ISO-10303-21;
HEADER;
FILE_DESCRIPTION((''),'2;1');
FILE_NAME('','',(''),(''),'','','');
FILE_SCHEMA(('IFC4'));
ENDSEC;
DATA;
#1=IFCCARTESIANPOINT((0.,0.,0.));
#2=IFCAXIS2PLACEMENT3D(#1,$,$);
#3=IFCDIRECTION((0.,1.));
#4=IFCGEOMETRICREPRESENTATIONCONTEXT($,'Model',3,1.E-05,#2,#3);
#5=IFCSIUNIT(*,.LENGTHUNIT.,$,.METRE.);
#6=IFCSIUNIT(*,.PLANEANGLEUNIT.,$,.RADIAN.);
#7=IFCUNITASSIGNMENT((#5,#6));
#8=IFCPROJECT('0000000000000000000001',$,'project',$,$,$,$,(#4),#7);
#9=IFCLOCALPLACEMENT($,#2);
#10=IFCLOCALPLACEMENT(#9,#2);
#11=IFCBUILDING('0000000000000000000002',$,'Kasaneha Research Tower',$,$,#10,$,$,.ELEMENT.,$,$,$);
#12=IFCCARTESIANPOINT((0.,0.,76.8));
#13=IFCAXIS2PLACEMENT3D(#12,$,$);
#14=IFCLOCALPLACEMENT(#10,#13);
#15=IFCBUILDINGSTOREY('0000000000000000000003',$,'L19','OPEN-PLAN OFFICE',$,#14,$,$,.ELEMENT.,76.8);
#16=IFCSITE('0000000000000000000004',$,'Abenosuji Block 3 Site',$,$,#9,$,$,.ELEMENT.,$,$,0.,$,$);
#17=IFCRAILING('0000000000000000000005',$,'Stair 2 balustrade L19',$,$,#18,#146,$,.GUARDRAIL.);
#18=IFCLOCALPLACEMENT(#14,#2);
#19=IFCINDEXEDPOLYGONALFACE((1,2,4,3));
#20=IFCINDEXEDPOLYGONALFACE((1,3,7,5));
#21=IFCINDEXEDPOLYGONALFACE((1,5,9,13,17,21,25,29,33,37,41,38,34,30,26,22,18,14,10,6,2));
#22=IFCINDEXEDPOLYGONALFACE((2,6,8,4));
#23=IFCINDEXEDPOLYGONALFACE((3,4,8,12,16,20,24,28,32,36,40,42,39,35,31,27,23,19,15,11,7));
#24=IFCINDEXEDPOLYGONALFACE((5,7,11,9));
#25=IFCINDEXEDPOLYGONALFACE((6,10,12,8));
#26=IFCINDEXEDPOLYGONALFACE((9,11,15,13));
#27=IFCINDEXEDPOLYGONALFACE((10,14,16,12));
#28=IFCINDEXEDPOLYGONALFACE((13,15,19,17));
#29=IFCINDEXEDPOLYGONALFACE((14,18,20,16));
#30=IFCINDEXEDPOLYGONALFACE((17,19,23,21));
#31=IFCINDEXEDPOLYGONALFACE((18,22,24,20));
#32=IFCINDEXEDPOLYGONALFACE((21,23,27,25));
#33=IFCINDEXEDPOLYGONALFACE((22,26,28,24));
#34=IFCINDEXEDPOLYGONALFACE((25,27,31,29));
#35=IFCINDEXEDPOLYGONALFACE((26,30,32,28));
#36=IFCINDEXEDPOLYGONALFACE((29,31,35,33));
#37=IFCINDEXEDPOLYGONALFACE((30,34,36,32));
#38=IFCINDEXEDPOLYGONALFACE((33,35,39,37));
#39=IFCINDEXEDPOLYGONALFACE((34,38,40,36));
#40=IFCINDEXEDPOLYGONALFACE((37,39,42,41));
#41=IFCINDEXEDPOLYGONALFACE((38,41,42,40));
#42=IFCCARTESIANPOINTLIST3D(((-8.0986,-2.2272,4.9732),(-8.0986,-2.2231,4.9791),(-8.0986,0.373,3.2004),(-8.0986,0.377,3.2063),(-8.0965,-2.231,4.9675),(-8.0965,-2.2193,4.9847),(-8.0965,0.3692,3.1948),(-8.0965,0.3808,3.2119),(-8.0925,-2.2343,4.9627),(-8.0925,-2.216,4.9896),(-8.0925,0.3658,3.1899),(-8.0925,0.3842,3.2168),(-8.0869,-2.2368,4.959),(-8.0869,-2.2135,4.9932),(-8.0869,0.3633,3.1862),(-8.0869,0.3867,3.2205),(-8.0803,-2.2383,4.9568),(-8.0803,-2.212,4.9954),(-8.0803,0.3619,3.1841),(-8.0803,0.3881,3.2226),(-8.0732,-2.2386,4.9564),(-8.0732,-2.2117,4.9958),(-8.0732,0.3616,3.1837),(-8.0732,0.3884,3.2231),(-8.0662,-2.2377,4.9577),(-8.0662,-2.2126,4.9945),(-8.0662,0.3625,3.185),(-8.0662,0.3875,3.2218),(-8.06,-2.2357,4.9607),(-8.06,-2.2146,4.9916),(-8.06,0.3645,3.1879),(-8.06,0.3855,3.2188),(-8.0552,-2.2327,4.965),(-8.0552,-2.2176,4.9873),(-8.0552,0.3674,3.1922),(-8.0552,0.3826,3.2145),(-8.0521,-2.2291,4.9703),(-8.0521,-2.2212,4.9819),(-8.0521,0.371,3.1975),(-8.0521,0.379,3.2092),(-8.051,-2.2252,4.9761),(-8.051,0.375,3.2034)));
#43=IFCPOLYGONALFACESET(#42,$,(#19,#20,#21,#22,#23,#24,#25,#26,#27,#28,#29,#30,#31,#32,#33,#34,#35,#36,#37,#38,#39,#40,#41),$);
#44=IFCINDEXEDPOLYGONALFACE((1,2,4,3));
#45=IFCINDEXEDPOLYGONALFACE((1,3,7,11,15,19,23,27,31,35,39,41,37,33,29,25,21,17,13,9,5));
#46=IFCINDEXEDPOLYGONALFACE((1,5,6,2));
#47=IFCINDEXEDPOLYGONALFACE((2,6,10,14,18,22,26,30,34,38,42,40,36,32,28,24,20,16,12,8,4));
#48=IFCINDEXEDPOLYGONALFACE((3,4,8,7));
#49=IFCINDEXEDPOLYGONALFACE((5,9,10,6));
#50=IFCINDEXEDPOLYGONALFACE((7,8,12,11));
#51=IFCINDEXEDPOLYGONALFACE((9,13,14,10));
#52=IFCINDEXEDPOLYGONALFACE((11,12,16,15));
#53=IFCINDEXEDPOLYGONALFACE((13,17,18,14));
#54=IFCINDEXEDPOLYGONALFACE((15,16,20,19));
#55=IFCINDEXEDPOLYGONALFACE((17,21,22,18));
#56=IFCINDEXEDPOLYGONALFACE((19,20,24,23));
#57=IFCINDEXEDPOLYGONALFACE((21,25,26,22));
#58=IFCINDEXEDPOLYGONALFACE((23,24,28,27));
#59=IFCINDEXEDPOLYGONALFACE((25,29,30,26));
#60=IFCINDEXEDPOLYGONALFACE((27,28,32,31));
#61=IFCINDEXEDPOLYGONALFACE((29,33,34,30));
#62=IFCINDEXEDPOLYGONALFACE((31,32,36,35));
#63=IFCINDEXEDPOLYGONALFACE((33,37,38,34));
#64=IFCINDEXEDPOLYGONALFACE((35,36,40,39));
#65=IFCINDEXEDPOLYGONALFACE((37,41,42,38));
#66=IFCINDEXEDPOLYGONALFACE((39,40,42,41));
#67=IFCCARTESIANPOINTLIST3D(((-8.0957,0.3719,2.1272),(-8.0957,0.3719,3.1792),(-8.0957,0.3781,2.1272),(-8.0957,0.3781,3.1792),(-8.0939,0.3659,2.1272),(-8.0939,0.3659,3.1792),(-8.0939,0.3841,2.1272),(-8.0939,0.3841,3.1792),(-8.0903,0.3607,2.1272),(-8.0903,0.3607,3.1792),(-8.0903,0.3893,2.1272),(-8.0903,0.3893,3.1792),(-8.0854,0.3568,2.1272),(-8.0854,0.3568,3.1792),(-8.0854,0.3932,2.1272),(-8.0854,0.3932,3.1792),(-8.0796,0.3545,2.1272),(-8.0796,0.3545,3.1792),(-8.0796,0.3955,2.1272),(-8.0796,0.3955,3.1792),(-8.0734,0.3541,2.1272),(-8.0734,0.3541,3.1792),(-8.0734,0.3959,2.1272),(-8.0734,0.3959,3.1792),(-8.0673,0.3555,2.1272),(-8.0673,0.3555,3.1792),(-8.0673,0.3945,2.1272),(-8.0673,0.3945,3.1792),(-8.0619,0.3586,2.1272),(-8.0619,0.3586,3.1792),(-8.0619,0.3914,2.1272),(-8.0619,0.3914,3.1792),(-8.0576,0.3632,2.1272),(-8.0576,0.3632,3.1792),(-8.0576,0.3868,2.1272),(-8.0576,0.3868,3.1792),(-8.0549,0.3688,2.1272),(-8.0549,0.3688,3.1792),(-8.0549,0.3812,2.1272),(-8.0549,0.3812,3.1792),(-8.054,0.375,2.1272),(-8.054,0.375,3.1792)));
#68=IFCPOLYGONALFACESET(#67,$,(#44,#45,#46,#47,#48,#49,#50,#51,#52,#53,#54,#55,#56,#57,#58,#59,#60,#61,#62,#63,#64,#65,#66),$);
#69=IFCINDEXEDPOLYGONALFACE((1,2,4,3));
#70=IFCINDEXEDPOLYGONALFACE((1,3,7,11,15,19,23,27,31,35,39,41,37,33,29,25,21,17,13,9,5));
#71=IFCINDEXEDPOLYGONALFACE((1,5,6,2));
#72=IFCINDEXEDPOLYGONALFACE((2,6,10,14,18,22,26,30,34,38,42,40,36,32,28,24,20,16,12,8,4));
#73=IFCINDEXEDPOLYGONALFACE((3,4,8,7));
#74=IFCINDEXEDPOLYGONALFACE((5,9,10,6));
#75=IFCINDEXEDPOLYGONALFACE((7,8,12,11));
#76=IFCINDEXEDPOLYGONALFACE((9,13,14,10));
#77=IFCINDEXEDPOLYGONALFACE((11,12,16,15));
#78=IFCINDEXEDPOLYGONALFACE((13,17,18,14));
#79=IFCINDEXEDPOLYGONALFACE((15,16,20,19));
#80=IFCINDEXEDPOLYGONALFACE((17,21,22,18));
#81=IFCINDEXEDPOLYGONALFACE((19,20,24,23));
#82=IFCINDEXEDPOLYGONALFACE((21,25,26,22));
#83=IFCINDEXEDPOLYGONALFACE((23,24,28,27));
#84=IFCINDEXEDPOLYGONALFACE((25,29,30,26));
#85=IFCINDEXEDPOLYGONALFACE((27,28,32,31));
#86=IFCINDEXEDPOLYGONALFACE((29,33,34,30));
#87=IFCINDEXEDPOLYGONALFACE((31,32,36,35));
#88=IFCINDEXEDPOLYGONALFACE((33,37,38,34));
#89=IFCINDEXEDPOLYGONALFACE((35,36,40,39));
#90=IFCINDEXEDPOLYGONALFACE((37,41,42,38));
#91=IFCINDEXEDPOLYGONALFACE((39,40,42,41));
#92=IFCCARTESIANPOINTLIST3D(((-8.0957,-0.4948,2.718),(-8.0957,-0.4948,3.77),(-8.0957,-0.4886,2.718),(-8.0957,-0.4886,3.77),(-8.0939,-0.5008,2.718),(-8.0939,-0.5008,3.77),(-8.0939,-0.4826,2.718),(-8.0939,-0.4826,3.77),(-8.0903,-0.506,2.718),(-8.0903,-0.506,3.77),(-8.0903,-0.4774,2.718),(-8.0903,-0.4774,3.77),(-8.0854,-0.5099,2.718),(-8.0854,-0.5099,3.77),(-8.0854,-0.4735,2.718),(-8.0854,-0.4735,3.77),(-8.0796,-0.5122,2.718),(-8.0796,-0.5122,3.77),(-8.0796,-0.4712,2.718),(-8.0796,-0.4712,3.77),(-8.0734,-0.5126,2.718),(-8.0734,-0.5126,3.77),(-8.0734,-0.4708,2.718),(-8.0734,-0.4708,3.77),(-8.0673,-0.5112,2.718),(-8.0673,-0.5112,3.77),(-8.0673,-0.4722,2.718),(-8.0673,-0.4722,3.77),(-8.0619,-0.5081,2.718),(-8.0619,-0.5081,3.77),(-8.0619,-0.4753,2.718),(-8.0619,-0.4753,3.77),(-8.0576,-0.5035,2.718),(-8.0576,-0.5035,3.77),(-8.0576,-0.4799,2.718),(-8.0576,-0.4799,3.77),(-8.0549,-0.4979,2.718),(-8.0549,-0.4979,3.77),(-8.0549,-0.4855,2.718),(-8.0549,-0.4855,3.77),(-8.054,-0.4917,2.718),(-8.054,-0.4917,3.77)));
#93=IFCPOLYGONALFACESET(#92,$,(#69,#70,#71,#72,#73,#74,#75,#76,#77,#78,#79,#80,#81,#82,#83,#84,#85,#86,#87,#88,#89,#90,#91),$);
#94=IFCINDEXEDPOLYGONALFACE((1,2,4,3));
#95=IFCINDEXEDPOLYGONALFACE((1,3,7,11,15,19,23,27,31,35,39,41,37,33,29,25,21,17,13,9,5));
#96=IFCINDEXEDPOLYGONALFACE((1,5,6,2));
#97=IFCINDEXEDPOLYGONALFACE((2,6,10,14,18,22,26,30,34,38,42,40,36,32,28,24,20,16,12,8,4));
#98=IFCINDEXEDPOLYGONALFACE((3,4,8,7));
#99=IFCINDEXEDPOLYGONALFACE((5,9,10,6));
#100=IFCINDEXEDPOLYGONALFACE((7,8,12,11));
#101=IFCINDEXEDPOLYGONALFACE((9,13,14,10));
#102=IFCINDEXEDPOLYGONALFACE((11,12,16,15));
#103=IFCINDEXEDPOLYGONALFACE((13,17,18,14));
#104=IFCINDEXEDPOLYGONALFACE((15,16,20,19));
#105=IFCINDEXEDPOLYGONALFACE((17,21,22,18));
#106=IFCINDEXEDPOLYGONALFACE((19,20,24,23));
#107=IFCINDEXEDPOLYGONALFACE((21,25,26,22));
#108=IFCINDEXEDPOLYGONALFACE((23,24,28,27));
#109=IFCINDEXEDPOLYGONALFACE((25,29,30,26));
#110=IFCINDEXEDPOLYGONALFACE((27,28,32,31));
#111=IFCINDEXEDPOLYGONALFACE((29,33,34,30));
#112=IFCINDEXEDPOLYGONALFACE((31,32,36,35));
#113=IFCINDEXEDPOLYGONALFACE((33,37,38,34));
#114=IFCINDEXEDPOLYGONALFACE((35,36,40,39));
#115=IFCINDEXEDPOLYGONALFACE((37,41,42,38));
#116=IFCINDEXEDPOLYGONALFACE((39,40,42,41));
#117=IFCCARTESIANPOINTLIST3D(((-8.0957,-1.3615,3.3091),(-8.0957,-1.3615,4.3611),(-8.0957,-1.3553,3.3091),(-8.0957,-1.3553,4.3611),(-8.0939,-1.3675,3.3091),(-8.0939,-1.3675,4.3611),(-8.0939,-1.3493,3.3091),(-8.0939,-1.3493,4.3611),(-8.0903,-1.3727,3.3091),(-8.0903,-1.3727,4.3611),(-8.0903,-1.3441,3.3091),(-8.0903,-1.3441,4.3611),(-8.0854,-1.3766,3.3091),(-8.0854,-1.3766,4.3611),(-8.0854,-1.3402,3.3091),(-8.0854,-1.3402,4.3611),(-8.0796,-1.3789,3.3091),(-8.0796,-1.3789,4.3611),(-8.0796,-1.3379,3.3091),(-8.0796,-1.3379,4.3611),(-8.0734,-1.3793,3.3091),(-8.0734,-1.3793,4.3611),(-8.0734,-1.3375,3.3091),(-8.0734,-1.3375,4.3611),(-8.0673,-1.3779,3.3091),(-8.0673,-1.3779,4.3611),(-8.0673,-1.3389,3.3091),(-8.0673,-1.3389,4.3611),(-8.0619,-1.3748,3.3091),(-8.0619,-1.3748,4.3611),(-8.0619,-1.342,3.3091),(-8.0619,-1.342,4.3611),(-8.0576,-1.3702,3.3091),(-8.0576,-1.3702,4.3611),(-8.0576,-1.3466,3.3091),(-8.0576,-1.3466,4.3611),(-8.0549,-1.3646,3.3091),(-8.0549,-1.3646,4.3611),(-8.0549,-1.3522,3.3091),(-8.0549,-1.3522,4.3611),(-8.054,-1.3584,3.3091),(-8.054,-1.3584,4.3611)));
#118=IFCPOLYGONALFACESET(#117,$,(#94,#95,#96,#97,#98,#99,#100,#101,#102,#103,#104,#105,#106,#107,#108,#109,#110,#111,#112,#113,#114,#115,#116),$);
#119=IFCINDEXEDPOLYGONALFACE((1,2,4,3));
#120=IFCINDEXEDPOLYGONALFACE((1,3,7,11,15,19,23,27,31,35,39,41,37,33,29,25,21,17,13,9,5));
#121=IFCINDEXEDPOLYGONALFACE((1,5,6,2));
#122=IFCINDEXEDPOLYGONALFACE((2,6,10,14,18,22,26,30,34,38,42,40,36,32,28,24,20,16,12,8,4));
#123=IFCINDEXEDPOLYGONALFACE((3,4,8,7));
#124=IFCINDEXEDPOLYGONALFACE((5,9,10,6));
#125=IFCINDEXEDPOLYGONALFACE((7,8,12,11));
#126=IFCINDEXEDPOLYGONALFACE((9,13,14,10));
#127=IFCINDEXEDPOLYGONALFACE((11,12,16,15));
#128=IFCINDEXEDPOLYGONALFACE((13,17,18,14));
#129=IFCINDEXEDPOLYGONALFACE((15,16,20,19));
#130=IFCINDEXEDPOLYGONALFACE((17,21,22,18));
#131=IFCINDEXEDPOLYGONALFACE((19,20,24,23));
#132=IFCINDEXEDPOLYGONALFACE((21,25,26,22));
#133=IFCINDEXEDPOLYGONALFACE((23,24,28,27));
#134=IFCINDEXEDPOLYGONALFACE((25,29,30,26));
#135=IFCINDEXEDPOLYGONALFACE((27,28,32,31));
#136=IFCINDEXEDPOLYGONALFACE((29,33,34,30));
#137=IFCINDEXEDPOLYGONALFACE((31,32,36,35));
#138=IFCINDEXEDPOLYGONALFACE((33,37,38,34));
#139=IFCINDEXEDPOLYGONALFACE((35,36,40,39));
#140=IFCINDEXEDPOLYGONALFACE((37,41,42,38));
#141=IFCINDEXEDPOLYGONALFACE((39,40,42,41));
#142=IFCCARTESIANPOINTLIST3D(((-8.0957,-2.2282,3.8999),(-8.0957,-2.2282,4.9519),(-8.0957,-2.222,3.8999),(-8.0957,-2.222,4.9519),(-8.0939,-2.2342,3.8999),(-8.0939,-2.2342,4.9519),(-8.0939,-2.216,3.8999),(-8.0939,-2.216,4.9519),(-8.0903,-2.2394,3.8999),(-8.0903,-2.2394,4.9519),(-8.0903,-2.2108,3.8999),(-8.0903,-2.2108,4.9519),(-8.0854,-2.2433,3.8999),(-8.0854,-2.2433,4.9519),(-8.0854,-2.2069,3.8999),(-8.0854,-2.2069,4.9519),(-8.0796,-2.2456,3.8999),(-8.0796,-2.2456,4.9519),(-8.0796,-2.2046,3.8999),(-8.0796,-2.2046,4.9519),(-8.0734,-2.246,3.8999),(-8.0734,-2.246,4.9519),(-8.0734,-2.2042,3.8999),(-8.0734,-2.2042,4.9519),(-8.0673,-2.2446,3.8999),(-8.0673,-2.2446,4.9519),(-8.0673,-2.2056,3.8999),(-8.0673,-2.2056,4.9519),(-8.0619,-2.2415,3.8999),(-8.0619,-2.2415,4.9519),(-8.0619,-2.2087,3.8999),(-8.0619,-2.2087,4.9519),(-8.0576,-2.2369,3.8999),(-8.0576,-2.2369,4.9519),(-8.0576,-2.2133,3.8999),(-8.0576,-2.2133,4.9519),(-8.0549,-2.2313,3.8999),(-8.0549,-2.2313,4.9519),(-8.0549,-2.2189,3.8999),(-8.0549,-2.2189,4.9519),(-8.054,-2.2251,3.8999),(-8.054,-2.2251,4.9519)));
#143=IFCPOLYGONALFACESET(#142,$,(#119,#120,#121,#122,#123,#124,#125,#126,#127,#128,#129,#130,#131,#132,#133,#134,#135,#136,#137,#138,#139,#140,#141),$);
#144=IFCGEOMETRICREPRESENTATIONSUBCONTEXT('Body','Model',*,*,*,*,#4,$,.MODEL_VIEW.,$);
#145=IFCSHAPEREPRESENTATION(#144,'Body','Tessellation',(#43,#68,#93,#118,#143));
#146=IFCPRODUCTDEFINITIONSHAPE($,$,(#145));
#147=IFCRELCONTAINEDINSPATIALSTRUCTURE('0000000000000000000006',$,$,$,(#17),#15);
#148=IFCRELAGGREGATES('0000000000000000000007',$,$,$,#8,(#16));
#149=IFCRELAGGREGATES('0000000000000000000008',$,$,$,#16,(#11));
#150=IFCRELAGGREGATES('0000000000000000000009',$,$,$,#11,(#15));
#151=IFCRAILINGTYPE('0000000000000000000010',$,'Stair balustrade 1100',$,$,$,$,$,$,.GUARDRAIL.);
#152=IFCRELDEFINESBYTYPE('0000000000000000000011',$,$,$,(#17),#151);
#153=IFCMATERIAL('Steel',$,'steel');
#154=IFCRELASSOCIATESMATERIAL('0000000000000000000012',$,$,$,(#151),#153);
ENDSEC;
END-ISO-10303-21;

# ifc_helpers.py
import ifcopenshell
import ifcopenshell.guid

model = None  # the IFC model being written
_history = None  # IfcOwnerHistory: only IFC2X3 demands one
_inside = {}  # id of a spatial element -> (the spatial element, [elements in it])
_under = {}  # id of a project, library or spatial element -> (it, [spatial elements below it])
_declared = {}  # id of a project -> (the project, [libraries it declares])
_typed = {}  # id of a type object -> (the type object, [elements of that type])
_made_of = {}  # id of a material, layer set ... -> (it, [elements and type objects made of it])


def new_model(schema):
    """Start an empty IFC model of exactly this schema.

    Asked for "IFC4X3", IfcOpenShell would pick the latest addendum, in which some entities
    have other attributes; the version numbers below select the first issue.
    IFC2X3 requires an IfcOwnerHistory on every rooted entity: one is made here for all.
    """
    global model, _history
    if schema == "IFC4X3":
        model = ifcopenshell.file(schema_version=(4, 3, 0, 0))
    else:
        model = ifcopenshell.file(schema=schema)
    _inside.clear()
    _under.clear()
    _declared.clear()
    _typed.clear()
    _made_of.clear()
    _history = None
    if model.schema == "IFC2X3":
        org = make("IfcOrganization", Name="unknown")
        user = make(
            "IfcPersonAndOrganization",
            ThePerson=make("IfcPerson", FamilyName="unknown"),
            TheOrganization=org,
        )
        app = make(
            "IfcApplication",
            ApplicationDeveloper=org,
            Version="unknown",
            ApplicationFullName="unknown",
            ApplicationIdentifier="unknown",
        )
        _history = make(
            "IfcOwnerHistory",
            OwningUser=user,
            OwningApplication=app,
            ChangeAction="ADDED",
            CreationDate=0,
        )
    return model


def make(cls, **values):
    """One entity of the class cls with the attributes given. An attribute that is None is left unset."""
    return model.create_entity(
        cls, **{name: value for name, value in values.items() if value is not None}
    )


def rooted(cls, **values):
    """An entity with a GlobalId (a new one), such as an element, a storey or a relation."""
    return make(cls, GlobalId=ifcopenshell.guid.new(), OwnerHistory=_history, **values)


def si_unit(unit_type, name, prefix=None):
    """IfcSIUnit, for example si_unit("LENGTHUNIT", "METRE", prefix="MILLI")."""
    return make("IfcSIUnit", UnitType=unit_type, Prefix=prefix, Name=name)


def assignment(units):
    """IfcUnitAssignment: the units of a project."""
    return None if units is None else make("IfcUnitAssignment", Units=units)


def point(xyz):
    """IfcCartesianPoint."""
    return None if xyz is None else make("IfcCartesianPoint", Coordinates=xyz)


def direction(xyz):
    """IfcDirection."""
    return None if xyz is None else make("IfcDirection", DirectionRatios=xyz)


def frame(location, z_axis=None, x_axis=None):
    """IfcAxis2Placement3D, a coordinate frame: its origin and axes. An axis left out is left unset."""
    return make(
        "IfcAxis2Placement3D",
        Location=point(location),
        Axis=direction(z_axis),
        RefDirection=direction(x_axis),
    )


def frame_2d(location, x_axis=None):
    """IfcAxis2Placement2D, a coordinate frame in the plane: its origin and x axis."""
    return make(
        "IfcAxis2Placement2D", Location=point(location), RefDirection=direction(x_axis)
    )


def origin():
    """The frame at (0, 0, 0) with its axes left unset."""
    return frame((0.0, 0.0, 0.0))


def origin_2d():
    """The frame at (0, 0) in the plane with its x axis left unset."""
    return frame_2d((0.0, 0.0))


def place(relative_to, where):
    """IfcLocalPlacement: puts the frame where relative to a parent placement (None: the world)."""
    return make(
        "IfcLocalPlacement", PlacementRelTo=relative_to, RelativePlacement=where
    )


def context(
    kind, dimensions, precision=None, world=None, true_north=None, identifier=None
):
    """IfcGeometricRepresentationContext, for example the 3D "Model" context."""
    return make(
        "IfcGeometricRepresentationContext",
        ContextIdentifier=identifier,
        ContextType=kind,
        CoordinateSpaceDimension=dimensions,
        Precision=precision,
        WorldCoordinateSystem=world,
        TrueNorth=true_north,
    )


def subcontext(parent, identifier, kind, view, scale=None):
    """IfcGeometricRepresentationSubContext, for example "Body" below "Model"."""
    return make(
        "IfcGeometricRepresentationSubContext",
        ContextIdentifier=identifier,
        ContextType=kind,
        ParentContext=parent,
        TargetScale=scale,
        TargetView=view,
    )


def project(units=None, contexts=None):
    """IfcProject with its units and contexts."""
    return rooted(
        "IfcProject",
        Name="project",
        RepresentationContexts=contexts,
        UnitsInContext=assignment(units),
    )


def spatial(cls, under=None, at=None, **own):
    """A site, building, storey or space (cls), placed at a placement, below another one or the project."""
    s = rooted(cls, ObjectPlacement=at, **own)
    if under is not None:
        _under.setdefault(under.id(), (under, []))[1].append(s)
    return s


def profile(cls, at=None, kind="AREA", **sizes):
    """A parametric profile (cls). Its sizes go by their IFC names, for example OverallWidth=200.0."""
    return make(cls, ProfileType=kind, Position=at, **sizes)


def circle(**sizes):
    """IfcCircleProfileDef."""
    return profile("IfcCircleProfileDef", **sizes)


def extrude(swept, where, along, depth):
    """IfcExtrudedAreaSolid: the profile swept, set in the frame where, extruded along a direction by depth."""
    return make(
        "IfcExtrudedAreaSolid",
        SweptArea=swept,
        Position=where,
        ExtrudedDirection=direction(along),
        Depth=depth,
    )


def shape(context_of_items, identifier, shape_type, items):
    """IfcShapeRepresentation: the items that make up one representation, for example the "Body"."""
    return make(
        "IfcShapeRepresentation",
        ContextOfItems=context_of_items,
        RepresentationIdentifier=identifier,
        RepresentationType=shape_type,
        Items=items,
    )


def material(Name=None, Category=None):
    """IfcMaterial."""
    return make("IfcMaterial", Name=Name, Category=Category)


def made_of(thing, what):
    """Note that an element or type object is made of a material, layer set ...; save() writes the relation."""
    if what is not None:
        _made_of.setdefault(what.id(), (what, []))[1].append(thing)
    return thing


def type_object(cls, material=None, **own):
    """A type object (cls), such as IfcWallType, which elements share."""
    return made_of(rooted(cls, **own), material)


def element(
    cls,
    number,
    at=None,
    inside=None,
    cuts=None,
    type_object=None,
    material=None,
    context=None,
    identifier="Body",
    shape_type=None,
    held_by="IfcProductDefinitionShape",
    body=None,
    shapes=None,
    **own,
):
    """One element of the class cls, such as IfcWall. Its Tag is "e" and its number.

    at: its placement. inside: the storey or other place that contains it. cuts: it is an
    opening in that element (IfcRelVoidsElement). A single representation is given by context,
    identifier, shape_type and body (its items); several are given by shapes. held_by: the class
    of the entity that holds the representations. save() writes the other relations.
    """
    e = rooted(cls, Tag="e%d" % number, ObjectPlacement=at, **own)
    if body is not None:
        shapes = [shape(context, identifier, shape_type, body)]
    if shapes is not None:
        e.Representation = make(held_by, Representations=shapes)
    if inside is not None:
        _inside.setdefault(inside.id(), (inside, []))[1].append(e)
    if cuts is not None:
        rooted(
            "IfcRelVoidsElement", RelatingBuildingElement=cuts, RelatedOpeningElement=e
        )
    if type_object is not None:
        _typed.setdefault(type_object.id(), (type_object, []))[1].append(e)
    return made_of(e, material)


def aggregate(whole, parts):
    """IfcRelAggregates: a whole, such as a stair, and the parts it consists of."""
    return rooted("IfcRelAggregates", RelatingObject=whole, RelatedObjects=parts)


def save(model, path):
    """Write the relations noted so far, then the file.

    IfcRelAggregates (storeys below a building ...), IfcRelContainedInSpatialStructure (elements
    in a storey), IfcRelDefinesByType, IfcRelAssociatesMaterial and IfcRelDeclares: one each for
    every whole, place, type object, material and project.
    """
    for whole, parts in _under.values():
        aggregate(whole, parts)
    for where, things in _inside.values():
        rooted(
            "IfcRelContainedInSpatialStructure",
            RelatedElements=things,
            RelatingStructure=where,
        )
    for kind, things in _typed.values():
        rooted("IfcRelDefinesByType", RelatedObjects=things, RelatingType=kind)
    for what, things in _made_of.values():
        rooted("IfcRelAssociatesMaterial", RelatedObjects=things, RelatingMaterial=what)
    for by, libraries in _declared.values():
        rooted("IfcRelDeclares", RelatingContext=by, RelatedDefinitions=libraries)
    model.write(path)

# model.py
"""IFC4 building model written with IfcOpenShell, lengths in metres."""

from ifc_helpers import new_model, si_unit, direction, frame, origin, origin_2d, place, context, subcontext, project, spatial, circle, extrude, material, type_object, element, save


model = new_model("IFC4")

# Units and contexts
model_context = context("Model", 3, precision=1e-05, world=origin(), true_north=direction((0.0, 1.0)))
body_context = subcontext(model_context, "Body", "Model", "MODEL_VIEW")
ifc_project = project(units=[si_unit("LENGTHUNIT", "METRE"), si_unit("PLANEANGLEUNIT", "RADIAN")], contexts=[model_context])

# Site, building, storey
site_placement = place(None, origin())
site = spatial("IfcSite", under=ifc_project, at=site_placement, Name="Abenosuji Block 3 Site", CompositionType="ELEMENT", RefElevation=0.0)
building_placement = place(site_placement, origin())
building = spatial("IfcBuilding", under=site, at=building_placement, Name="Kasaneha Research Tower", CompositionType="ELEMENT")
storey_placement = place(building_placement, frame((0.0, 0.0, 76.8)))
storey = spatial("IfcBuildingStorey", under=building, at=storey_placement, Name="L19", Description="OPEN-PLAN OFFICE", CompositionType="ELEMENT", Elevation=76.8)

# Railing
ifc_material_1 = material(Name="Steel", Category="steel")
railing_type_1 = type_object("IfcRailingType", Name="Stair balustrade 1100", PredefinedType="GUARDRAIL", material=ifc_material_1)
railing_1_placement = place(storey_placement, frame((-8.075, 0.375, 2.1272)))
element("IfcRailing", 1, at=railing_1_placement, inside=storey, type_object=railing_type_1, Name="Stair 2 balustrade L19", PredefinedType="GUARDRAIL", context=body_context, shape_type="SweptSolid", body=[
    extrude(circle(Radius=0.0239, at=origin_2d()), frame((0.0, 0.0, 1.0762), z_axis=(0.0, -0.82624, 0.563318), x_axis=(1.0, 0.0, 0.0)), (0.0, 0.0, 1.0), 3.147),
    extrude(circle(Radius=0.021, at=origin_2d()), origin(), (0.0, 0.0, 1.0), 1.052),
    extrude(circle(Radius=0.021, at=origin_2d()), frame((0.0, -0.8667, 0.5908)), (0.0, 0.0, 1.0), 1.052),
    extrude(circle(Radius=0.021, at=origin_2d()), frame((0.0, -1.7334, 1.1819)), (0.0, 0.0, 1.0), 1.052),
    extrude(circle(Radius=0.021, at=origin_2d()), frame((0.0, -2.6001, 1.7727)), (0.0, 0.0, 1.0), 1.052),
])

save(model, "model.ifc")
